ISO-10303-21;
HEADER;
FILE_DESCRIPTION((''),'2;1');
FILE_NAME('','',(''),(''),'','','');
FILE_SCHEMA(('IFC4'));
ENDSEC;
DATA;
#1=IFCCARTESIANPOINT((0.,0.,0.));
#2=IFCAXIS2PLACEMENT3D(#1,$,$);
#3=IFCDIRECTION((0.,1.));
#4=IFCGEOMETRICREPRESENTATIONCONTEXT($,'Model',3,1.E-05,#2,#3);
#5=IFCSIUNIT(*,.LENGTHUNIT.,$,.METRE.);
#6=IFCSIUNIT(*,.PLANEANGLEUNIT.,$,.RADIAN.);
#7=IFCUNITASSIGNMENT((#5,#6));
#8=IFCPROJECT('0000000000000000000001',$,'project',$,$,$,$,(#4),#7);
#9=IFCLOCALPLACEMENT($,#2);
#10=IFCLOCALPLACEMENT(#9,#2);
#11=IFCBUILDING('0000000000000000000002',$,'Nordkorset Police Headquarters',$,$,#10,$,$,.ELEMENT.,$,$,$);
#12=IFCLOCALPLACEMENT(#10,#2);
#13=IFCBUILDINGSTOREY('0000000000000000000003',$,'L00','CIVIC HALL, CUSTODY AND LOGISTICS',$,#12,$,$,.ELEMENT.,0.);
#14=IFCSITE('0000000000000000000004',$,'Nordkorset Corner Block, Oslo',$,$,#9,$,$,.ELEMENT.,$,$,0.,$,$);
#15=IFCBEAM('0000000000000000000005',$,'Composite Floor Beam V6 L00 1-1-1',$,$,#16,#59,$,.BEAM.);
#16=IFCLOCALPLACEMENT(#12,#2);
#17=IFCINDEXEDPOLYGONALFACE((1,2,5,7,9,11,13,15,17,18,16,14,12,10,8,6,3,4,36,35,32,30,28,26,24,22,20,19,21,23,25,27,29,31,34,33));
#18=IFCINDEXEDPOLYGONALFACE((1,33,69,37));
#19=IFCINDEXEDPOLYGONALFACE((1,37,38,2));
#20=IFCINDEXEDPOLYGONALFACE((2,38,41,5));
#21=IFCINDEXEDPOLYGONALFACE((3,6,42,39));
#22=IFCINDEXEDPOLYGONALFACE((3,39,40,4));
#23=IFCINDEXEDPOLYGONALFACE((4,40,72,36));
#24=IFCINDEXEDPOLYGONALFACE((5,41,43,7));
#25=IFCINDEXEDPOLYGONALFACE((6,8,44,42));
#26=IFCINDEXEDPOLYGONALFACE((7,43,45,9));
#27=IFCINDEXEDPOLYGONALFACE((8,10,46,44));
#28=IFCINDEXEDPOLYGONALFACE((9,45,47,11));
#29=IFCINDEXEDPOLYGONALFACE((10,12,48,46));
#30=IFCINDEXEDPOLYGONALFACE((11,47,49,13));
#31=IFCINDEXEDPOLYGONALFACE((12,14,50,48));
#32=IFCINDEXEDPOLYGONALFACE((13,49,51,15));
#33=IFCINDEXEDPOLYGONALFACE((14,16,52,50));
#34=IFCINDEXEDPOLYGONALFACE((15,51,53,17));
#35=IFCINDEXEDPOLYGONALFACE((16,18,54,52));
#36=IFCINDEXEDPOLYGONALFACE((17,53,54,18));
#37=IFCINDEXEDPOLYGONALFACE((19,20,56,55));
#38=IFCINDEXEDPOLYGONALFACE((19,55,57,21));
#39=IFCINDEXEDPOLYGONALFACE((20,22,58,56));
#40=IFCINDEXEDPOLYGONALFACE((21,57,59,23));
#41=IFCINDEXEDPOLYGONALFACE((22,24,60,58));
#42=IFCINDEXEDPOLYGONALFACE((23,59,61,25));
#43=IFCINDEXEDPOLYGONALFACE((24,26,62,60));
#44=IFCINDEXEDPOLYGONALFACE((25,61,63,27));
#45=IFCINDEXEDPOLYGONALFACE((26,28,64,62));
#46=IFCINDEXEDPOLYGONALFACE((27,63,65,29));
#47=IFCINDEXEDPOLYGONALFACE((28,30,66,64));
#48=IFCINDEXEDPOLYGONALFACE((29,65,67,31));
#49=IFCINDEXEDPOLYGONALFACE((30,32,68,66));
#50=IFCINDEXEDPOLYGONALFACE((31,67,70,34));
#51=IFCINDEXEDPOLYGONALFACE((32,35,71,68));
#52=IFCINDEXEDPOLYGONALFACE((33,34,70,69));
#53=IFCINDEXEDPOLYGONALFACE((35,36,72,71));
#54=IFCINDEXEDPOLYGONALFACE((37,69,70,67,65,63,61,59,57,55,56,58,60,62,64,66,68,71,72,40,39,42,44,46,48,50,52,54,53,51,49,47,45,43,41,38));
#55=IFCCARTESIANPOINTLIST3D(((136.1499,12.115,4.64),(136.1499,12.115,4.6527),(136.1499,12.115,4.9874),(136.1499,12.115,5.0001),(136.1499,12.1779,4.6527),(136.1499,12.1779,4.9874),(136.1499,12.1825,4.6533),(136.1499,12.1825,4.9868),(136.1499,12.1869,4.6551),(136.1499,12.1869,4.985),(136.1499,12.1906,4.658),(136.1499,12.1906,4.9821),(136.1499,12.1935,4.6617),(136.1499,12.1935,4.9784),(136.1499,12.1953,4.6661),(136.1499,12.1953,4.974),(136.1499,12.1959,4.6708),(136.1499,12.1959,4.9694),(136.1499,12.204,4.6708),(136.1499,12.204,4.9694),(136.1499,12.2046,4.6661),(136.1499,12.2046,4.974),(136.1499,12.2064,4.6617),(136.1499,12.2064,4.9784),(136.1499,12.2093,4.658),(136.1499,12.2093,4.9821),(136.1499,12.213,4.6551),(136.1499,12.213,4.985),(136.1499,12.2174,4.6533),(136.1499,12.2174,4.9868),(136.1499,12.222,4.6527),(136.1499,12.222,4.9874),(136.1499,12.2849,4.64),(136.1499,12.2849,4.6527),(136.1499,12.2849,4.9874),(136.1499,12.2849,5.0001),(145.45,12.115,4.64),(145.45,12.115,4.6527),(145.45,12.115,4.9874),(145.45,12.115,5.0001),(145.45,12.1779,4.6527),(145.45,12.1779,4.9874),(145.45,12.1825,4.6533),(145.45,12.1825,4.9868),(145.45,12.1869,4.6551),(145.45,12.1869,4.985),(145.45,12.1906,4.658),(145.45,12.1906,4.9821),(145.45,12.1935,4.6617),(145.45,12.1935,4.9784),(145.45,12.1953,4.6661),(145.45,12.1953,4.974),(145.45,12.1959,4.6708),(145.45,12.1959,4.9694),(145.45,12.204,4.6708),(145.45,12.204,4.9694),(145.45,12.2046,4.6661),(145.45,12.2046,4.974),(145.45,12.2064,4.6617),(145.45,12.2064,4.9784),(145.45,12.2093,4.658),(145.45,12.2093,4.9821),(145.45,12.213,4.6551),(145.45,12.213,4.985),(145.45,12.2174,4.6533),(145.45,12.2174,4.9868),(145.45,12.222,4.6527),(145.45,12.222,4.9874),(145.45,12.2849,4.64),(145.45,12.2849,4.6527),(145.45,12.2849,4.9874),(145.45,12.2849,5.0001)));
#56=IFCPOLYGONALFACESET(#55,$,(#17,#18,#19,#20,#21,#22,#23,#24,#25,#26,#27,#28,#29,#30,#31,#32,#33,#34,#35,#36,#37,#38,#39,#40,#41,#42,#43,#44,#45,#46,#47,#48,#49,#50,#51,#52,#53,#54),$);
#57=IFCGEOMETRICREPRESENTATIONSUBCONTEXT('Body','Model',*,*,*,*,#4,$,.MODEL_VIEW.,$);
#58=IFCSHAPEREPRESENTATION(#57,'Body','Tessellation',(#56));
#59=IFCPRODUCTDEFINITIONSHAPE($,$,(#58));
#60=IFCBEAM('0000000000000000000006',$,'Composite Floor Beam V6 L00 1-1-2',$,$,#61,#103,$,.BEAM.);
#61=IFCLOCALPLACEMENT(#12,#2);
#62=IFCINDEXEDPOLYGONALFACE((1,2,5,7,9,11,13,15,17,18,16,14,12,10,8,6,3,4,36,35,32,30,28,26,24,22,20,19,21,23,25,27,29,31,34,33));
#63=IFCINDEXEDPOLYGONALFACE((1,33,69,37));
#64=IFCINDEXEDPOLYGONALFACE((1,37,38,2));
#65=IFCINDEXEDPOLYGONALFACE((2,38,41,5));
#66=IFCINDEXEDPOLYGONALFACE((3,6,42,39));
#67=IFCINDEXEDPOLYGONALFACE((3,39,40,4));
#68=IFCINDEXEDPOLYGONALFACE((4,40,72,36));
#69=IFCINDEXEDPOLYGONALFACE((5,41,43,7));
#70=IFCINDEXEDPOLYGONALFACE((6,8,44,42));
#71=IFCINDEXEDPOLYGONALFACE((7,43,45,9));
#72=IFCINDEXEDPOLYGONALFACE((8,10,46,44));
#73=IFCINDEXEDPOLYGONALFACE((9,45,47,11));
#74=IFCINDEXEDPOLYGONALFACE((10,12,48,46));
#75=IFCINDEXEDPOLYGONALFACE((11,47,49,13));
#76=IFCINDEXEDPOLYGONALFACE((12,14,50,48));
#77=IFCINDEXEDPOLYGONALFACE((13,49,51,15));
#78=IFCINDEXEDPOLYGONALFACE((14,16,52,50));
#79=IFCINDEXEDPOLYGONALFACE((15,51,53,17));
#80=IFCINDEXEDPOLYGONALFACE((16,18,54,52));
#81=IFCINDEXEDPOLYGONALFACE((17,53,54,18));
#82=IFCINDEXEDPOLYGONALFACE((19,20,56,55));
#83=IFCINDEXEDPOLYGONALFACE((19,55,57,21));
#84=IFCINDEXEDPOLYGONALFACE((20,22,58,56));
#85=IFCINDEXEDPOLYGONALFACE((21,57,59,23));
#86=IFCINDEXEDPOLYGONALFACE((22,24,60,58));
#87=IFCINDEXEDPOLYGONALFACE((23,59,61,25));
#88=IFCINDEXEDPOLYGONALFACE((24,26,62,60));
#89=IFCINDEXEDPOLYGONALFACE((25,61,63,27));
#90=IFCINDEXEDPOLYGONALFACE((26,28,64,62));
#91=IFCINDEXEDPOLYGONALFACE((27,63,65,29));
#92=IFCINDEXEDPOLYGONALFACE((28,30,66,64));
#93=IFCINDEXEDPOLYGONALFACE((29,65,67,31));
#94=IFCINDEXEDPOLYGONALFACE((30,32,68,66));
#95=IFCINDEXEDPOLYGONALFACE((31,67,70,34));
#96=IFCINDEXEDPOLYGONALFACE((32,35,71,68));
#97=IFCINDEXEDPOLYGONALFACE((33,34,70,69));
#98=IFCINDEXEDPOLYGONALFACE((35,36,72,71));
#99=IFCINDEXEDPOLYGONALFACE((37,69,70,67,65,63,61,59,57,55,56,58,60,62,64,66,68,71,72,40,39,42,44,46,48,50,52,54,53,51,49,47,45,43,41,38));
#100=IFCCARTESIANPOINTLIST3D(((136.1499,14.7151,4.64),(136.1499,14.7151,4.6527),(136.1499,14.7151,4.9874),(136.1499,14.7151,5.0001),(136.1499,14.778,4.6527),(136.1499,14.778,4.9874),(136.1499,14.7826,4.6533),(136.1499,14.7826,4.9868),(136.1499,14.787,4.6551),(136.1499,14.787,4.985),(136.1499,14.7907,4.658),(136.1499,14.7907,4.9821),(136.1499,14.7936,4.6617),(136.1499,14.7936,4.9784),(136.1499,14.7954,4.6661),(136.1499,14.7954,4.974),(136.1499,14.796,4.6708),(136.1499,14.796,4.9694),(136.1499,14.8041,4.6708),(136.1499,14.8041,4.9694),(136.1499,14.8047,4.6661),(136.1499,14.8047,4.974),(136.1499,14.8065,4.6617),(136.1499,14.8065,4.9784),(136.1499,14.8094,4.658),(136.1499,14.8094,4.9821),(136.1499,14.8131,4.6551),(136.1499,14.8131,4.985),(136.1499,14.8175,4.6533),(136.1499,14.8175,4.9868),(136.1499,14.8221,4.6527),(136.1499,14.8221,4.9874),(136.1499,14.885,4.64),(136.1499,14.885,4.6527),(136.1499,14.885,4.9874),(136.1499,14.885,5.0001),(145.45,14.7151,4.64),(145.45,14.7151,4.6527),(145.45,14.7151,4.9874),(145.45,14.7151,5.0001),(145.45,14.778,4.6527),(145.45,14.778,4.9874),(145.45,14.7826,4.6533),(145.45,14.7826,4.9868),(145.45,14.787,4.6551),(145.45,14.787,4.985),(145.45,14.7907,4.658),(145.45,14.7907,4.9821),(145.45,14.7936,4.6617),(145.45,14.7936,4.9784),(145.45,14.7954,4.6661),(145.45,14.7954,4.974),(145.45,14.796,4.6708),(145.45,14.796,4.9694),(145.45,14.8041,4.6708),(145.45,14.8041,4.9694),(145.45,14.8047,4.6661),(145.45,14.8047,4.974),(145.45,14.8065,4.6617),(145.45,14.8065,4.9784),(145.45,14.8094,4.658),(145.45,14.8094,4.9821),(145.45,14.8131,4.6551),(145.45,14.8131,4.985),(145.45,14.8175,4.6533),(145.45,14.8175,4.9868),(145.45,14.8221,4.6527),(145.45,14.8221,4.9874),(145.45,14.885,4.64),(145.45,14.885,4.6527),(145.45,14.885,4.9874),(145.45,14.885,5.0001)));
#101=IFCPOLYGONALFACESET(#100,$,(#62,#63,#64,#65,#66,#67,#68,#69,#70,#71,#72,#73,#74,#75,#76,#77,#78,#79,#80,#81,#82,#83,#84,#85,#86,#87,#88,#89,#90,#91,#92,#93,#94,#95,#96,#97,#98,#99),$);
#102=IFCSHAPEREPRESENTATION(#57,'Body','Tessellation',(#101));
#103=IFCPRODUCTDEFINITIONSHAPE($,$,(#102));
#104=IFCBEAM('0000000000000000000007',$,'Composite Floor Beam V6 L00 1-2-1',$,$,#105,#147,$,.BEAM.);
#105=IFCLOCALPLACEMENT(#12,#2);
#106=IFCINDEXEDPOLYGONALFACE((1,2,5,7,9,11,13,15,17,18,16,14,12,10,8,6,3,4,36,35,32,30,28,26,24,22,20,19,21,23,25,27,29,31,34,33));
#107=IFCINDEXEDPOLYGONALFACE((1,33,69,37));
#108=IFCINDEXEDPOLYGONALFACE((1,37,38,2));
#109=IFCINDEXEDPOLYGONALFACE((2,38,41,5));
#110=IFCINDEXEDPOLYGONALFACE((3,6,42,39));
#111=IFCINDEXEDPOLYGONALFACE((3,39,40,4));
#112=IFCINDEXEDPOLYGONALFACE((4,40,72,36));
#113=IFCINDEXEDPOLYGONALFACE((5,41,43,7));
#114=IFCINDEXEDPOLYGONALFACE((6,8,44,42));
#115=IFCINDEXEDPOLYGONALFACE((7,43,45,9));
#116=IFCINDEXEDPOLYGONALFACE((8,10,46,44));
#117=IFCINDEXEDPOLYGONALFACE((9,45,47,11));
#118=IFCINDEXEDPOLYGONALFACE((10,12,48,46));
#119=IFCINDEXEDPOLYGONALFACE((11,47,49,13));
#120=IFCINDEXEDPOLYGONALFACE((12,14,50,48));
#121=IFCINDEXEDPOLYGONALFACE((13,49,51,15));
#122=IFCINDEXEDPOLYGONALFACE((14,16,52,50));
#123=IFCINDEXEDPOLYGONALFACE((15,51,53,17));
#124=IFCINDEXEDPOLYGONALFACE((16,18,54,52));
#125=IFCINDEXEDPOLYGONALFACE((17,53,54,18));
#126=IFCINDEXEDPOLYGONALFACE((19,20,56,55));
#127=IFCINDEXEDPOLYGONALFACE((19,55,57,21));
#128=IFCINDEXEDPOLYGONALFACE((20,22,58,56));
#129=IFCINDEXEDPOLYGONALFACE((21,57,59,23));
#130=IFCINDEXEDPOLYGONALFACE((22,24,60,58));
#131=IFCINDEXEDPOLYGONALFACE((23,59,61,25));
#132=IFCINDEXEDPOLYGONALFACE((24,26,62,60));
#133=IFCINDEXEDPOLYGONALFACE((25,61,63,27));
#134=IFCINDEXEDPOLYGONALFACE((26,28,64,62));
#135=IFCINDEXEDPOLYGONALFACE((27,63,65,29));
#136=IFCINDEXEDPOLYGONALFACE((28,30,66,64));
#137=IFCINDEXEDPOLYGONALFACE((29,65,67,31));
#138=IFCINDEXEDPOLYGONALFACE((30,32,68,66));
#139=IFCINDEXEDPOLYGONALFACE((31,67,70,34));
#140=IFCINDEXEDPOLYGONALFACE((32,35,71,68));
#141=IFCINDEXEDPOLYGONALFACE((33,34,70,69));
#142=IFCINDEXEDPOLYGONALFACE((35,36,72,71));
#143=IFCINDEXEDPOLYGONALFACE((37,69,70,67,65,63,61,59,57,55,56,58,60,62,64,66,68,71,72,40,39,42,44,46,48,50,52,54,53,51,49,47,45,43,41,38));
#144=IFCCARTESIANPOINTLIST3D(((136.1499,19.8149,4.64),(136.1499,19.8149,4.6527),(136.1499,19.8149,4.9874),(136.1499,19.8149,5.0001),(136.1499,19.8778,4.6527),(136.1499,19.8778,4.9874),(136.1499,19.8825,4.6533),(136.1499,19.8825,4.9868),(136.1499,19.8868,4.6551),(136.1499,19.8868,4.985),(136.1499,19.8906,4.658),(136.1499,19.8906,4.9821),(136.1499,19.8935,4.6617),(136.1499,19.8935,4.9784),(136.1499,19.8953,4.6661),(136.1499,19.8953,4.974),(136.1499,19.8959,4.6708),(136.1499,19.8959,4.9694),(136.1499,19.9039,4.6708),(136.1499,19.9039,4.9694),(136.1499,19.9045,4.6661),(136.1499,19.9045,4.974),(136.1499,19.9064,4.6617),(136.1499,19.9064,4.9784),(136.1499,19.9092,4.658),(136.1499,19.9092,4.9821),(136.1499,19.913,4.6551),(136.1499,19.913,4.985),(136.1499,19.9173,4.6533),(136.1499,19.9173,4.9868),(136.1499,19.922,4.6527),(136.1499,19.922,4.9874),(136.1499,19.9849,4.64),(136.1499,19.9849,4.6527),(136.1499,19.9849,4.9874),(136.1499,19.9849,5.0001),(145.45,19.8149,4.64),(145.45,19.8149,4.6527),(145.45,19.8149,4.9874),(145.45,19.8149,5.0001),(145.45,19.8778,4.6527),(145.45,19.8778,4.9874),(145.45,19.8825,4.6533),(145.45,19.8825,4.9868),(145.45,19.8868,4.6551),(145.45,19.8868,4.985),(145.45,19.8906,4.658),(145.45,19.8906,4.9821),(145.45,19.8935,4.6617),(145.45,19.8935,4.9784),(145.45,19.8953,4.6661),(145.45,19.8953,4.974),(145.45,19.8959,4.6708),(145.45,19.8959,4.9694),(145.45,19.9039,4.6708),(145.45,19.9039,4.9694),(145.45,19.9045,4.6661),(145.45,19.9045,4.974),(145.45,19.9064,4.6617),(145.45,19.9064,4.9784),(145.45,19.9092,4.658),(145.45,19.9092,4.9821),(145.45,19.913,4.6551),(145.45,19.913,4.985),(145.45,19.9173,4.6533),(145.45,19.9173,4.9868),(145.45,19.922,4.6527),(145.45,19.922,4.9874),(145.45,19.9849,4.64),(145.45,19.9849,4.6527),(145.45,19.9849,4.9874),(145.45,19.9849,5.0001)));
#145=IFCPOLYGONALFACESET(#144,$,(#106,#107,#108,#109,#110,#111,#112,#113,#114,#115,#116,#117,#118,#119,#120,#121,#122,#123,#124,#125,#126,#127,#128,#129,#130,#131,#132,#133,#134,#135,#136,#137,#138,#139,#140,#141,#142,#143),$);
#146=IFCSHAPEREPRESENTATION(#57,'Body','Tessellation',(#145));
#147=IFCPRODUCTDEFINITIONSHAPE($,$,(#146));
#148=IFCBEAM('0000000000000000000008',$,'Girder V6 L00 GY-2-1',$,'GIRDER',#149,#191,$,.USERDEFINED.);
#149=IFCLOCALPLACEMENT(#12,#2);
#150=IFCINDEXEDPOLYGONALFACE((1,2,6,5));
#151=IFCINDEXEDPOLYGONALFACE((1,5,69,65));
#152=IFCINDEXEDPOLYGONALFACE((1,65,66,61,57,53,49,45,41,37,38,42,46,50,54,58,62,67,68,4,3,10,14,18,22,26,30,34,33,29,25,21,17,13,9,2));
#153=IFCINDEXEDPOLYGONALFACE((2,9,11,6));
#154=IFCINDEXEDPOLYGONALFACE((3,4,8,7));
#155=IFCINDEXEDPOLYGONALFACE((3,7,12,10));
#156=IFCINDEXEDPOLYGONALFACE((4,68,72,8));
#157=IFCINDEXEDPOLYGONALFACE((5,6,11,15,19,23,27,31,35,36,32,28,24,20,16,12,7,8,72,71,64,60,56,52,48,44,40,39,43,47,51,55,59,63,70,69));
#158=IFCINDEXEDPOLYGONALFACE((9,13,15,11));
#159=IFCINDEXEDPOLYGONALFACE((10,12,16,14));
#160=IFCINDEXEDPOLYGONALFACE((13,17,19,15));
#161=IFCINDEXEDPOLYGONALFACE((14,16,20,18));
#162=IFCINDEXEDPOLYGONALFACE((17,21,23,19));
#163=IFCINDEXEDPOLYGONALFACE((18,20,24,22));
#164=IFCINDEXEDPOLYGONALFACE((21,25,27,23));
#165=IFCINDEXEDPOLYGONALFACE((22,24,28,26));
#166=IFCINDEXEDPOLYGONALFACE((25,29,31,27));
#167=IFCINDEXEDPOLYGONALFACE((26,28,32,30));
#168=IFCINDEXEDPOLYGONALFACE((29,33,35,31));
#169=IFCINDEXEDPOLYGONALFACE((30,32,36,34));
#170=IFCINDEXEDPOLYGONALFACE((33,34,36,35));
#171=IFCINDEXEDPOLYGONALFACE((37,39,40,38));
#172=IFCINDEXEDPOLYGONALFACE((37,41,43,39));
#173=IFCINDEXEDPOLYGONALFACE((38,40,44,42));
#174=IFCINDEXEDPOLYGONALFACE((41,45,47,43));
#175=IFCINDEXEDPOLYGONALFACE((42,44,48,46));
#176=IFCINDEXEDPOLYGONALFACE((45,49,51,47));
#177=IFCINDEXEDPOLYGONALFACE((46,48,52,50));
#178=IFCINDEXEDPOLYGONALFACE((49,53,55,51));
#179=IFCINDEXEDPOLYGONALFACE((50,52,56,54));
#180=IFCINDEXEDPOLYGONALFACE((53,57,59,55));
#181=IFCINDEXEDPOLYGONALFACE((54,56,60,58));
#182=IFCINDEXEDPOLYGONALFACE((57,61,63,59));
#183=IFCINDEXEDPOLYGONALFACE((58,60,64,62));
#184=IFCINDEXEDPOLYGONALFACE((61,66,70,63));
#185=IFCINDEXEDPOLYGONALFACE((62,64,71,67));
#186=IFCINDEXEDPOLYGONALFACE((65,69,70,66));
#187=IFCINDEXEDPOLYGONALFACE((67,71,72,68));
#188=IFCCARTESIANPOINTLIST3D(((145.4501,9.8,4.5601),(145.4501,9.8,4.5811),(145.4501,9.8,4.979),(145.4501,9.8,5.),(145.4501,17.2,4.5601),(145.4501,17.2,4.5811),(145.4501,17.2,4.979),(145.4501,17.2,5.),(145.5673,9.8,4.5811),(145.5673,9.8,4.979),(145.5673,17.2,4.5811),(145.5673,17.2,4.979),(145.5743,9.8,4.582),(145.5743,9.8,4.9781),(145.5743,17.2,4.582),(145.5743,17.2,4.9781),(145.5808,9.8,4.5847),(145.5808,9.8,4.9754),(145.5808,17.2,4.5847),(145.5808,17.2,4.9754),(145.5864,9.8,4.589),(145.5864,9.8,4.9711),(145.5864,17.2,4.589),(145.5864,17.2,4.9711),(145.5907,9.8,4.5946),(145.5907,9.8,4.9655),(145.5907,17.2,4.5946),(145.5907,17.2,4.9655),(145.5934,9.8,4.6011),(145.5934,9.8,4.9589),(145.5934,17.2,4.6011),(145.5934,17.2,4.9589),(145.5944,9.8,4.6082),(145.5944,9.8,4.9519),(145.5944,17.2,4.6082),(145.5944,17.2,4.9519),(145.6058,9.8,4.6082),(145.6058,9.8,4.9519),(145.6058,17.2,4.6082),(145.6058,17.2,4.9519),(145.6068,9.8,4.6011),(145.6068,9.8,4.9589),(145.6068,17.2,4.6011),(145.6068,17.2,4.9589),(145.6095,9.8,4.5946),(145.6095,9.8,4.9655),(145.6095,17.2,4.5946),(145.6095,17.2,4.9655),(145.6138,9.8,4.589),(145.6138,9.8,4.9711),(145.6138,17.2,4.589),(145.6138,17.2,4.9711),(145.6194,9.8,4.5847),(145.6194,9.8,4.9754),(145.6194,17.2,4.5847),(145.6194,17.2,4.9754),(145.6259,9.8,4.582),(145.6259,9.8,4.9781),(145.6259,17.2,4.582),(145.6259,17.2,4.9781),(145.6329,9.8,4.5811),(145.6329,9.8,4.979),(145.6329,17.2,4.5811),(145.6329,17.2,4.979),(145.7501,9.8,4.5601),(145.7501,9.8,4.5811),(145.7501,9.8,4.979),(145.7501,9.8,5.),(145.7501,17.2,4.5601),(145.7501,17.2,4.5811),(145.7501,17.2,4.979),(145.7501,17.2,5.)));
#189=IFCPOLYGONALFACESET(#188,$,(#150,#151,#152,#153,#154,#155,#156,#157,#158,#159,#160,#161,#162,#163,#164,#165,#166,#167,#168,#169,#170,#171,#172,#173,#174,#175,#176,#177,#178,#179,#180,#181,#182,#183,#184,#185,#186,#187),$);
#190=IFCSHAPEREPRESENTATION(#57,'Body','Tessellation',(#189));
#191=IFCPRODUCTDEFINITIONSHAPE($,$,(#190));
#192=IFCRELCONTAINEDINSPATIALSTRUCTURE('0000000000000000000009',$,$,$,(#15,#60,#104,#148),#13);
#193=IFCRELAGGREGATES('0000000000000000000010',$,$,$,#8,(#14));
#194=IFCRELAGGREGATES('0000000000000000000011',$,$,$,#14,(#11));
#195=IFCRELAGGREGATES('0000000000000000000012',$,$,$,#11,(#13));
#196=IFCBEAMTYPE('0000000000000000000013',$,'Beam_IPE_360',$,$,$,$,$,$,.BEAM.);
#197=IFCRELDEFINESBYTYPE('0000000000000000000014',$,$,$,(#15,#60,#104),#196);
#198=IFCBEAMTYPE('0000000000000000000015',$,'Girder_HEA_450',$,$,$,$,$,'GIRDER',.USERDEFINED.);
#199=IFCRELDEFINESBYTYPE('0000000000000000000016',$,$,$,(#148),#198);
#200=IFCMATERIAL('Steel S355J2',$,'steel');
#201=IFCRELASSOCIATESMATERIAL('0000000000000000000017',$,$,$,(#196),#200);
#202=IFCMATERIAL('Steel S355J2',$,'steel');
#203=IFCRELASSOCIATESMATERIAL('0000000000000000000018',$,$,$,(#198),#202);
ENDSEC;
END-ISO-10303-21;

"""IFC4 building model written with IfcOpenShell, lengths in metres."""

from ifc_helpers import new_model, si_unit, direction, frame, origin, origin_2d, place, context, subcontext, project, spatial, i_section, extrude, material, material_profile, profile_set, type_object, element, save


model = new_model("IFC4")

# Units and contexts
model_context = context("Model", 3, precision=1e-05, world=origin(), true_north=direction((0.0, 1.0)))
body_context = subcontext(model_context, "Body", "Model", "MODEL_VIEW")
ifc_project = project(units=[si_unit("LENGTHUNIT", "METRE"), si_unit("PLANEANGLEUNIT", "RADIAN")], contexts=[model_context])

# Site, building, storey
site_placement = place(None, origin())
site = spatial("IfcSite", under=ifc_project, at=site_placement, Name="Nordkorset Corner Block, Oslo", CompositionType="ELEMENT", RefElevation=0.0)
building_placement = place(site_placement, origin())
building = spatial("IfcBuilding", under=site, at=building_placement, Name="Nordkorset Police Headquarters", CompositionType="ELEMENT")
storey_placement = place(building_placement, origin())
storey = spatial("IfcBuildingStorey", under=building, at=storey_placement, Name="L00", Description="CIVIC HALL, CUSTODY AND LOGISTICS", CompositionType="ELEMENT", Elevation=0.0)

# Beams
ifc_material_1 = material(Name="Steel S355J2", Category="steel")
ifc_material_profile_1 = material_profile(ifc_material_1, i_section(OverallWidth=0.1699, OverallDepth=0.3601, WebThickness=0.0081, FlangeThickness=0.0127, FilletRadius=0.0181, at=origin_2d()), Name="IPE 360")
ifc_profile_set_1 = profile_set([ifc_material_profile_1], Name="Steel S355J2")
beam_type_1 = type_object("IfcBeamType", Name="Beam_IPE_360", PredefinedType="BEAM", material=ifc_profile_set_1)
for number, where, z_axis, x_axis, name in (
    (1, (136.1499, 12.2, 4.8201), (1.0, 0.0, 0.0), (0.0, 1.0, 0.0), "Composite Floor Beam V6 L00 1-1-1"),
    (2, (136.1499, 14.8, 4.8201), (1.0, 0.0, 0.0), (0.0, 1.0, 0.0), "Composite Floor Beam V6 L00 1-1-2"),
    (3, (136.1499, 19.8999, 4.8201), (1.0, 0.0, 0.0), (0.0, 1.0, 0.0), "Composite Floor Beam V6 L00 1-2-1"),
):
    element("IfcBeam", number, at=place(storey_placement, frame(where, z_axis=z_axis, x_axis=x_axis)), inside=storey, type_object=beam_type_1, Name=name, PredefinedType="BEAM", context=body_context, shape_type="SweptSolid", body=[
        extrude(i_section(OverallWidth=0.1699, OverallDepth=0.3601, WebThickness=0.0081, FlangeThickness=0.0127, FilletRadius=0.0181, at=origin_2d()), origin(), (0.0, 0.0, 1.0), 9.3),
    ])
ifc_material_2 = material(Name="Steel S355J2", Category="steel")
ifc_material_profile_2 = material_profile(ifc_material_2, i_section(OverallWidth=0.3, OverallDepth=0.4399, WebThickness=0.0115, FlangeThickness=0.021, FilletRadius=0.0271, at=origin_2d()), Name="HEA 450")
ifc_profile_set_2 = profile_set([ifc_material_profile_2], Name="Steel S355J2")
beam_type_2 = type_object("IfcBeamType", Name="Girder_HEA_450", ElementType="GIRDER", PredefinedType="USERDEFINED", material=ifc_profile_set_2)
beam_1_placement = place(storey_placement, frame((145.6001, 9.8, 4.78), z_axis=(0.0, 1.0, 0.0), x_axis=(-1.0, 0.0, 0.0)))
element("IfcBeam", 4, at=beam_1_placement, inside=storey, type_object=beam_type_2, Name="Girder V6 L00 GY-2-1", ObjectType="GIRDER", PredefinedType="USERDEFINED", context=body_context, shape_type="SweptSolid", body=[
    extrude(i_section(OverallWidth=0.3, OverallDepth=0.4399, WebThickness=0.0115, FlangeThickness=0.021, FilletRadius=0.0271, at=origin_2d()), origin(), (0.0, 0.0, 1.0), 7.3999),
])

save(model, "model.ifc")
